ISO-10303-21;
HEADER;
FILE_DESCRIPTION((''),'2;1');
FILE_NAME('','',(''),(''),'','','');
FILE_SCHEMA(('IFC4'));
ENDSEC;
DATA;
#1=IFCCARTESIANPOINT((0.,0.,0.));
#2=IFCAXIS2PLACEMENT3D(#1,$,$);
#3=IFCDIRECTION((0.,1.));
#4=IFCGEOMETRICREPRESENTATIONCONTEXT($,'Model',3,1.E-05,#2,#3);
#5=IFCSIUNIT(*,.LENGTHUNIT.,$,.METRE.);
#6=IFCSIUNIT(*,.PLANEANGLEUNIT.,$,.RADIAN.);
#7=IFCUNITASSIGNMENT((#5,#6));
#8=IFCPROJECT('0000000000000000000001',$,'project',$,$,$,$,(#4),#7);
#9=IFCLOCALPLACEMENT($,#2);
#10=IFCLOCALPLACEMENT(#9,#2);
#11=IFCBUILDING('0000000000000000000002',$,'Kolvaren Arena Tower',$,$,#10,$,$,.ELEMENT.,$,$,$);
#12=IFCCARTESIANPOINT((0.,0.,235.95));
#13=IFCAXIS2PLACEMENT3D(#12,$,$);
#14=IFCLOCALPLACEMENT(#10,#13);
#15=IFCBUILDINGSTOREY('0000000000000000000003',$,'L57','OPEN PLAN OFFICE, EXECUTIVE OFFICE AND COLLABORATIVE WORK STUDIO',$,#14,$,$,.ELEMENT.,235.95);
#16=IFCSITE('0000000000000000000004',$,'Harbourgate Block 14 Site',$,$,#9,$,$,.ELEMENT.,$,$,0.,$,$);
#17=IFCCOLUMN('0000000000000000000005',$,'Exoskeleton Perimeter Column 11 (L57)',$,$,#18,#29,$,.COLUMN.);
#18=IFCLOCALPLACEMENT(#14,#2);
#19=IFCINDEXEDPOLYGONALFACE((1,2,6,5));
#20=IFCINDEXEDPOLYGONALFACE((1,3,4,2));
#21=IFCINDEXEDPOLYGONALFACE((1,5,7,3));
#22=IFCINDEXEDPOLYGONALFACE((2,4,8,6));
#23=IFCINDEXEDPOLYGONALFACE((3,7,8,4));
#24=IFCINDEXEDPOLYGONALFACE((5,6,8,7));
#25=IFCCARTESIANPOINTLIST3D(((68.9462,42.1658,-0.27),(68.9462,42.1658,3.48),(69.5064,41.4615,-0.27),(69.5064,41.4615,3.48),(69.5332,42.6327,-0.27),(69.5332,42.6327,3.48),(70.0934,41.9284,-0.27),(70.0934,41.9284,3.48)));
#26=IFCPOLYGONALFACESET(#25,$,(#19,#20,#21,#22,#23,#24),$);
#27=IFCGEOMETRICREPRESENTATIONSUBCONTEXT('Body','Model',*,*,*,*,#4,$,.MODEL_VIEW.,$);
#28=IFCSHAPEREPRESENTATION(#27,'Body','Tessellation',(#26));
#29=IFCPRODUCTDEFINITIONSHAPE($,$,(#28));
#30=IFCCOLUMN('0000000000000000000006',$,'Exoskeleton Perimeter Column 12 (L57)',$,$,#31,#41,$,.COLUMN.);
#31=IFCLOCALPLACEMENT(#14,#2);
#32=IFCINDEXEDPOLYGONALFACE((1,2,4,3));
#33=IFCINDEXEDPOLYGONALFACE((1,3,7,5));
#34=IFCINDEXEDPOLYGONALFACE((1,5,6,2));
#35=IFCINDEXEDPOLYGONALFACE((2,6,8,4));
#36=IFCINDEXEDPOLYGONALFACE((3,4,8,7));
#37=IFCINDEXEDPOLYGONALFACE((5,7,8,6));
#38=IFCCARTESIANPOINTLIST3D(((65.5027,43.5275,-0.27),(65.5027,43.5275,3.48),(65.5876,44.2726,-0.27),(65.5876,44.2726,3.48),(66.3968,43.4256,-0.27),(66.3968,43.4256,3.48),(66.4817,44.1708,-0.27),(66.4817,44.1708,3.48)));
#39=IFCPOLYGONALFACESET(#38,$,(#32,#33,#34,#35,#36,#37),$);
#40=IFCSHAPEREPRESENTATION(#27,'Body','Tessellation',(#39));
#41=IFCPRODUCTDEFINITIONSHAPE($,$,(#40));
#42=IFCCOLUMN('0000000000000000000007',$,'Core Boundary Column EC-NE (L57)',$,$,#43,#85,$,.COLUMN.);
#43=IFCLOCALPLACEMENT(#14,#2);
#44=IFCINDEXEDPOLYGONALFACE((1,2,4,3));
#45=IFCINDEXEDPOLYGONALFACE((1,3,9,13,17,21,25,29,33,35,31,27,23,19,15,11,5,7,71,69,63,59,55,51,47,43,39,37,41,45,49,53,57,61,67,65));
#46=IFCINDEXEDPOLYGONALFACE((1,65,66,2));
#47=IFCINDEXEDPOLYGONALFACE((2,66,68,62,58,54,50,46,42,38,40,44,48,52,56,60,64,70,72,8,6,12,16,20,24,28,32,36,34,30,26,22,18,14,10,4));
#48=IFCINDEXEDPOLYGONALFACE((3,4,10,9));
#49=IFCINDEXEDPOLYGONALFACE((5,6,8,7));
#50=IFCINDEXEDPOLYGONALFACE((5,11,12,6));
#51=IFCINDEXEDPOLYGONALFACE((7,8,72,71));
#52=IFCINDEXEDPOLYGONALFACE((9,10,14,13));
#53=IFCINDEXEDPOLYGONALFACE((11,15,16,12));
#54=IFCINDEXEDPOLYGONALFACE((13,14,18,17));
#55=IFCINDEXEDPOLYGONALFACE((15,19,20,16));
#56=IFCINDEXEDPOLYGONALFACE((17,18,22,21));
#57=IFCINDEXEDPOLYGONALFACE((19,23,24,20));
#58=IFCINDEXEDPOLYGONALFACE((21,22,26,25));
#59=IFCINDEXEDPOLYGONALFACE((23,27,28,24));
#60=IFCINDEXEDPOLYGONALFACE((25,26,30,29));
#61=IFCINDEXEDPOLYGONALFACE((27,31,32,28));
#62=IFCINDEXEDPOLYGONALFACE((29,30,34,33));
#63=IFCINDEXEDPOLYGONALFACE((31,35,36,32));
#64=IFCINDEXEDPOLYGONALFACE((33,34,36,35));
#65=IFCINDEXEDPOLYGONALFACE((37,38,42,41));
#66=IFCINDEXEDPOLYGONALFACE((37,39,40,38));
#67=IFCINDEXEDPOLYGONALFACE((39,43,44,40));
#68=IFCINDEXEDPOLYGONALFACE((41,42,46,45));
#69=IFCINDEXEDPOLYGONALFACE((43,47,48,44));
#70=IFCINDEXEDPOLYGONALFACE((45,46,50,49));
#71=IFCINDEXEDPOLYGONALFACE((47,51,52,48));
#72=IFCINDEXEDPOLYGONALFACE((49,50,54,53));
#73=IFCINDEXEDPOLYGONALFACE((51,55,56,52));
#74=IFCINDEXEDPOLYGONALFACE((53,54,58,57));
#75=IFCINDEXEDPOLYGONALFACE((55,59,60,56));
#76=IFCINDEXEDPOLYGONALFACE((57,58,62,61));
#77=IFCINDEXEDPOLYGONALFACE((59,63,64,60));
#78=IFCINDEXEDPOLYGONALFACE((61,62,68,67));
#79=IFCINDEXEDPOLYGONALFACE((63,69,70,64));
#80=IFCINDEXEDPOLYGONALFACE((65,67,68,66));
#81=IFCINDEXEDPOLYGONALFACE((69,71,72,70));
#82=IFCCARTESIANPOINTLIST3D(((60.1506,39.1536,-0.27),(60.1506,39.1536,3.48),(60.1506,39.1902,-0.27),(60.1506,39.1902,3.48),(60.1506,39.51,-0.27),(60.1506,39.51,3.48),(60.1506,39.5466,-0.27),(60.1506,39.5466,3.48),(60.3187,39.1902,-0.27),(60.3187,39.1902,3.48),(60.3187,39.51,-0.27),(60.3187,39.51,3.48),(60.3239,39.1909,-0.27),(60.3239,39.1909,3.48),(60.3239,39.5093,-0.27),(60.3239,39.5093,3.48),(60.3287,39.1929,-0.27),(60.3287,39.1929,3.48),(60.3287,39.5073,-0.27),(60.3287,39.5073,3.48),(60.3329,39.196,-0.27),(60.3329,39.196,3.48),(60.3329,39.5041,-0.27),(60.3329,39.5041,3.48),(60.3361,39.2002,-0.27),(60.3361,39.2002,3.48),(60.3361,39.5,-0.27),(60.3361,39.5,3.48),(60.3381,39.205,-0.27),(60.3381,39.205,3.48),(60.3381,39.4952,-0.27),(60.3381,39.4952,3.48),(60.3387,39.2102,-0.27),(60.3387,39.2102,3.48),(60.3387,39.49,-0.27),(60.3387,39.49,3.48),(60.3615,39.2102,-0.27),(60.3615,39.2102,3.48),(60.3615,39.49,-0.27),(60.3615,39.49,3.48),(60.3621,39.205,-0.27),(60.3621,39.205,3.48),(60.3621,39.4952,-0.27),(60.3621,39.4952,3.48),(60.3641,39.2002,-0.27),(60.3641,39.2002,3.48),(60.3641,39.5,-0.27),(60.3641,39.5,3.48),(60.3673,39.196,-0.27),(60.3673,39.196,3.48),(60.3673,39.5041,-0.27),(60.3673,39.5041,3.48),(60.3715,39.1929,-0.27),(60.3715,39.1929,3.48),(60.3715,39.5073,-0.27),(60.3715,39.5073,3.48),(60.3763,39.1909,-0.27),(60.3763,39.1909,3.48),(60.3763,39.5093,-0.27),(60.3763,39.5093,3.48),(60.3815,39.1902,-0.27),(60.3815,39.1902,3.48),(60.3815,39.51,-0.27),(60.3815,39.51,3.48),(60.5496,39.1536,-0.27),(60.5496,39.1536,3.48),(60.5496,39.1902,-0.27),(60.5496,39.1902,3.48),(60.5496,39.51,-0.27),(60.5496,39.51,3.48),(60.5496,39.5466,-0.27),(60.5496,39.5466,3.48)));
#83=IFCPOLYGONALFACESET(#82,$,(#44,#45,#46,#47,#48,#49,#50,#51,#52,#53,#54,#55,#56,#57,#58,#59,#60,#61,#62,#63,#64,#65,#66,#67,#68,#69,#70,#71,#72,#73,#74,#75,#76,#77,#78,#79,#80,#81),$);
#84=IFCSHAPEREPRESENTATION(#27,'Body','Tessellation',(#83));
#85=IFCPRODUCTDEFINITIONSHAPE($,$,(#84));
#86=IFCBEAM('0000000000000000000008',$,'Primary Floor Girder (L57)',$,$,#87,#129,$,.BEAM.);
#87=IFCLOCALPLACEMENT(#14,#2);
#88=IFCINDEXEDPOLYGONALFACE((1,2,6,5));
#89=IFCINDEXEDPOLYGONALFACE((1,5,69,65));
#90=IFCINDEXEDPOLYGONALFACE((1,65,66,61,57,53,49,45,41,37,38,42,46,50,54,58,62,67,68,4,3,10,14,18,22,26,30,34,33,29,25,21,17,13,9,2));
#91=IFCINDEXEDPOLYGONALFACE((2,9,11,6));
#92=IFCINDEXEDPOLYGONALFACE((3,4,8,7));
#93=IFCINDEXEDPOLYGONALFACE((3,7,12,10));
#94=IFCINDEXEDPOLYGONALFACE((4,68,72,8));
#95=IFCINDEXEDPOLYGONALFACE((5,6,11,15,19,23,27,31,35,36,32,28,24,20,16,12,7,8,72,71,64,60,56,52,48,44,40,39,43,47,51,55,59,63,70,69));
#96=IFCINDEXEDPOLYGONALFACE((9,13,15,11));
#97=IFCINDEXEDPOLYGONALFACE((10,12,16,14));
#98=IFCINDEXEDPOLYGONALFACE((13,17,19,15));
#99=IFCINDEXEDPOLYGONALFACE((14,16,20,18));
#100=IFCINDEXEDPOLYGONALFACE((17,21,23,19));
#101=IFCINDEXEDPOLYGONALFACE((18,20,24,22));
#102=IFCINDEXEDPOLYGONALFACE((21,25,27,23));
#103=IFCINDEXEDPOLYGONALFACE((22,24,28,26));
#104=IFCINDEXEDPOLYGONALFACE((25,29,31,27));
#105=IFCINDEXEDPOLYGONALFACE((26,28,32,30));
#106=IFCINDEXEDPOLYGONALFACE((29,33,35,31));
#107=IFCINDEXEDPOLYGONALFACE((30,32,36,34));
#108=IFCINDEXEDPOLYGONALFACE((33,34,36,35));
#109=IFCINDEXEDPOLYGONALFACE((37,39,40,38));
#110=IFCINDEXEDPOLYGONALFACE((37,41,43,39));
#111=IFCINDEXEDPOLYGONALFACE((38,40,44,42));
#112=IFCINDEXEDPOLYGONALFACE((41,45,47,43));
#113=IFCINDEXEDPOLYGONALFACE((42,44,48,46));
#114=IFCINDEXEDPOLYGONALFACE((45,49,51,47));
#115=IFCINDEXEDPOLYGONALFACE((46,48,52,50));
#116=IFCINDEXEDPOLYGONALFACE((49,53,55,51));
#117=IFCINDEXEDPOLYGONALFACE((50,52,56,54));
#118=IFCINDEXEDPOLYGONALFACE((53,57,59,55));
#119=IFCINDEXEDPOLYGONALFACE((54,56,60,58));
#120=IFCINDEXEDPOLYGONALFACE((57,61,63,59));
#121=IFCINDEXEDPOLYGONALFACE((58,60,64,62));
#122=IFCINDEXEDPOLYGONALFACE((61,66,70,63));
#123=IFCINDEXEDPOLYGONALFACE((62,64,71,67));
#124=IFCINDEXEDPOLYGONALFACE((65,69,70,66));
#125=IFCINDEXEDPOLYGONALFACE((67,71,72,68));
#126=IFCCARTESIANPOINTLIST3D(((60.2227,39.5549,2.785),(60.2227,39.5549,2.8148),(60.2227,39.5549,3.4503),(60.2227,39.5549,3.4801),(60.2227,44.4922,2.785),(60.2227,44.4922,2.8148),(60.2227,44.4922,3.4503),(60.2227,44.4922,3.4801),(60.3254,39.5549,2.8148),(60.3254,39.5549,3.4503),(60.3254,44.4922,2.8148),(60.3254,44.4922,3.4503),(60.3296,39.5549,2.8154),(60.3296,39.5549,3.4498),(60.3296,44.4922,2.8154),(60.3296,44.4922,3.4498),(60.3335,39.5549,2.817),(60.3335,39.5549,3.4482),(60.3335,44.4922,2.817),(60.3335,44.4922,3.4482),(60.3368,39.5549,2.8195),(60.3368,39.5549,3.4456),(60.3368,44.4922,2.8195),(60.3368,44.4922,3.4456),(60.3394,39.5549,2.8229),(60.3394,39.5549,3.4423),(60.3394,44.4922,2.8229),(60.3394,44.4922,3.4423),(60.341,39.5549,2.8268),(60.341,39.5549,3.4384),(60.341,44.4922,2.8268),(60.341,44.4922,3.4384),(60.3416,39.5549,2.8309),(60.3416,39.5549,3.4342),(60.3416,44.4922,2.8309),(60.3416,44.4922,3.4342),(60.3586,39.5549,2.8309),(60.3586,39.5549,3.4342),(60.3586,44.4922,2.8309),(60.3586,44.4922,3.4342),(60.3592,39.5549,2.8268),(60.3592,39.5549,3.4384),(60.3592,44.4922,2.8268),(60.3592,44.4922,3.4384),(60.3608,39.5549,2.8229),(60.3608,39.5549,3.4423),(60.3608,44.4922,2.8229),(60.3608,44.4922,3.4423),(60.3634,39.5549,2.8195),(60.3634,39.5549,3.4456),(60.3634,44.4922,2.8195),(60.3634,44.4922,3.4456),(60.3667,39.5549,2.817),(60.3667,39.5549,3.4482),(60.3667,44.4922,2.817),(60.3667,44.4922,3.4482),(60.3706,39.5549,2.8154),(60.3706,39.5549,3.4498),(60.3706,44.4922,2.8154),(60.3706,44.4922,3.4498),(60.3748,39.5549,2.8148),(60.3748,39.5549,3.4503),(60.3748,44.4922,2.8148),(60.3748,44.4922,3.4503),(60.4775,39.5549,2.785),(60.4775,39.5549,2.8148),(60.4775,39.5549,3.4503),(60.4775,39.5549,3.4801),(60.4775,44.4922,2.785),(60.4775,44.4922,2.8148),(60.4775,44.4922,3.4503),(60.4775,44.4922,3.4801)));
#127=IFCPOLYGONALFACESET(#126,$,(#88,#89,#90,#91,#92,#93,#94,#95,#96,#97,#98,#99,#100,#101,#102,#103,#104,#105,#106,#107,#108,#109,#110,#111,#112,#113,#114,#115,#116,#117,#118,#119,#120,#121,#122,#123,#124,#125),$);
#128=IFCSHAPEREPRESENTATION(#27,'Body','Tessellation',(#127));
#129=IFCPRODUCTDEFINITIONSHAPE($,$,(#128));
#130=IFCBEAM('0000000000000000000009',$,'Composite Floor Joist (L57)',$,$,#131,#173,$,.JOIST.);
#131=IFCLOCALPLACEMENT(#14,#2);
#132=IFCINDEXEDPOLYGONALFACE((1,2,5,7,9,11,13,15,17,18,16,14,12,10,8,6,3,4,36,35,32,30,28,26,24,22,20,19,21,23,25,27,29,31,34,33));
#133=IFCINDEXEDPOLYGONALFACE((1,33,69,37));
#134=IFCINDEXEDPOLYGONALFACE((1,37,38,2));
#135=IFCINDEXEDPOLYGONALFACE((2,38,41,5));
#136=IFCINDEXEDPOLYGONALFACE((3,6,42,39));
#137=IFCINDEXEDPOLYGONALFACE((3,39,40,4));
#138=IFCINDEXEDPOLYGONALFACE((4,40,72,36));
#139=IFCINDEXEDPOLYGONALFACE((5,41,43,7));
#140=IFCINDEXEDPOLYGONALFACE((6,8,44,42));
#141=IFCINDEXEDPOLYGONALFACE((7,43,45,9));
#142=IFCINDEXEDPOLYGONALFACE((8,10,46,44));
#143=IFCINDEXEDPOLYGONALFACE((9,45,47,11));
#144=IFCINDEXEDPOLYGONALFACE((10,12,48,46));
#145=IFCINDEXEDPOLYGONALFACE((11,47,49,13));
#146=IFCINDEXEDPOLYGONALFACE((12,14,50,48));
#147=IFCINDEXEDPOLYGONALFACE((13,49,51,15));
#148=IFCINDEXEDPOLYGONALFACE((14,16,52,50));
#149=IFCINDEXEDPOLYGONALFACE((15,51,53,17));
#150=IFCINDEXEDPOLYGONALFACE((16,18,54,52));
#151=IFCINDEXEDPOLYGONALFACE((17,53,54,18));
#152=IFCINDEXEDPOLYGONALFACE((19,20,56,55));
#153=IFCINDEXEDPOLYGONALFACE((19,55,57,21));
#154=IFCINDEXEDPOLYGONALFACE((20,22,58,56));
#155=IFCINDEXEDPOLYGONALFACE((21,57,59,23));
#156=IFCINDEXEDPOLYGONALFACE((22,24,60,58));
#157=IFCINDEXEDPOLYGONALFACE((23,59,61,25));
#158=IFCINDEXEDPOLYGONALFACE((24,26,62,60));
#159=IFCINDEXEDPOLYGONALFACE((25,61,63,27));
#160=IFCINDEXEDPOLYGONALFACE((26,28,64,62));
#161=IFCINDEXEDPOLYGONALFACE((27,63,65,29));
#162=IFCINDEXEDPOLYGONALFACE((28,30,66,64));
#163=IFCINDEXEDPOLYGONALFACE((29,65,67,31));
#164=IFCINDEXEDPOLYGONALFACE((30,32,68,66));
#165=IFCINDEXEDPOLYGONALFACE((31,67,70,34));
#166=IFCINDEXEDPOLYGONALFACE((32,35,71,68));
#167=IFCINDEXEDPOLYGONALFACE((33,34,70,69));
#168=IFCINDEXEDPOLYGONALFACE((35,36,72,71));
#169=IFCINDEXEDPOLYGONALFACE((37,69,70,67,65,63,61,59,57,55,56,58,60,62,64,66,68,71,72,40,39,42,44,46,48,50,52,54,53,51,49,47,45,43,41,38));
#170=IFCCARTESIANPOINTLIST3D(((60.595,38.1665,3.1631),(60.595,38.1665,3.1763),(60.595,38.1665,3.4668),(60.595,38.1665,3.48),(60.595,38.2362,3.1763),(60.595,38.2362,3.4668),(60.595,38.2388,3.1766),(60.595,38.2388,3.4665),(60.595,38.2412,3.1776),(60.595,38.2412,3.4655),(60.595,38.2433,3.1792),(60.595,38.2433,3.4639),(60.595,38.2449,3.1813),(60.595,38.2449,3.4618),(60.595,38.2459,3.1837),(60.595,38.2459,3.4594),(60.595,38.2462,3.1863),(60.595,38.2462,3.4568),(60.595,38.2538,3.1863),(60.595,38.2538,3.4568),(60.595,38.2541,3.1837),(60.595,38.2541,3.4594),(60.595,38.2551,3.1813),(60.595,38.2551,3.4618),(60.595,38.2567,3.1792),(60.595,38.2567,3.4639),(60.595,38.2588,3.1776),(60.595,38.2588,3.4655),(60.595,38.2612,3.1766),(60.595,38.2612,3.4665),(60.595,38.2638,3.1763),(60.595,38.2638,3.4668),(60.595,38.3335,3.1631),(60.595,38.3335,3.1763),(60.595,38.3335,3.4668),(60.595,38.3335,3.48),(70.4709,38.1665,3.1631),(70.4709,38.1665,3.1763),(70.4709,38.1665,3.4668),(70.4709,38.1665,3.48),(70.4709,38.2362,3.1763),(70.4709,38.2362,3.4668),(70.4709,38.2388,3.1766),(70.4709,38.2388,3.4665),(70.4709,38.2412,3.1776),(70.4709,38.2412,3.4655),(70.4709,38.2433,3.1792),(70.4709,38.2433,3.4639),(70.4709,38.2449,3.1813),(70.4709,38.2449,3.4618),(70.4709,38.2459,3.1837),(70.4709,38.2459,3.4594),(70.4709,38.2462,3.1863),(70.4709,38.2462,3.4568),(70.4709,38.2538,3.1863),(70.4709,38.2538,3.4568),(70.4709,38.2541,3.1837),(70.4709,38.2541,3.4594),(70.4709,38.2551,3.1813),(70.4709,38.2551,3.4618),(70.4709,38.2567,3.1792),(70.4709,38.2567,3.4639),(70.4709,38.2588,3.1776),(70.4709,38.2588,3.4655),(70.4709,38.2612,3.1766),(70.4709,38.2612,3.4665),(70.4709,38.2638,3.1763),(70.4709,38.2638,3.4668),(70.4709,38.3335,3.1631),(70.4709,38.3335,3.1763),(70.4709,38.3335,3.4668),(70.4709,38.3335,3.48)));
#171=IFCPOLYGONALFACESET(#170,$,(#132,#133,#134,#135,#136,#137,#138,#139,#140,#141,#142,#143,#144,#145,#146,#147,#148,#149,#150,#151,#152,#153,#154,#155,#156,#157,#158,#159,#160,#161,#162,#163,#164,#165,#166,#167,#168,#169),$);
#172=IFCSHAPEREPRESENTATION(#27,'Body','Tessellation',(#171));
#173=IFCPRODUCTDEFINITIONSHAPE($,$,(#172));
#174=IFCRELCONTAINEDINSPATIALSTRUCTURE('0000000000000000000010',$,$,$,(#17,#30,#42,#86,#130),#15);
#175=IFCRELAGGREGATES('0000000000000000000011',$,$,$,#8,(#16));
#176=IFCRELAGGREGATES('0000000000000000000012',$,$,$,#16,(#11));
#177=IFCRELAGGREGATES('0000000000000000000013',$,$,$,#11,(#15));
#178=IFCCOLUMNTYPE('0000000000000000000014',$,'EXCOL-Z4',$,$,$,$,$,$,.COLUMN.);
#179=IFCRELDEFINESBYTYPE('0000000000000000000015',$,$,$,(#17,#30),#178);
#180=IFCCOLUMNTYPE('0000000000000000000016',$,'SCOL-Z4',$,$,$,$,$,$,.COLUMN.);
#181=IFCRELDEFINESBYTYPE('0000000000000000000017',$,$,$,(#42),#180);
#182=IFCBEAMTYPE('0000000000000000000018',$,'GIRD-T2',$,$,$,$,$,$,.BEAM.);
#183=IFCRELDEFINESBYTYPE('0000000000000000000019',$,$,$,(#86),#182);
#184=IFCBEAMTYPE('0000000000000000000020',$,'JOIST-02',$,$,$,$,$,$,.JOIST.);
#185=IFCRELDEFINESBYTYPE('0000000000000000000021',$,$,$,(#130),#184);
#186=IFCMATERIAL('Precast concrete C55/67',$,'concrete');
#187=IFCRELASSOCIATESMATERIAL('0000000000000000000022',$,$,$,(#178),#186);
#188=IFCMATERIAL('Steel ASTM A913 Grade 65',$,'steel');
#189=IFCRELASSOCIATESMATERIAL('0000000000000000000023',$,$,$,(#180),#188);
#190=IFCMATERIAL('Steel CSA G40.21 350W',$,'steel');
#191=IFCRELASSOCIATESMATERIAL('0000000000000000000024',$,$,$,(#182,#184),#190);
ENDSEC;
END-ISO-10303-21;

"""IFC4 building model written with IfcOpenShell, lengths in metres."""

from ifc_helpers import new_model, si_unit, direction, frame, origin, origin_2d, place, context, subcontext, project, spatial, rectangle, i_section, extrude, material, material_profile, profile_set, type_object, element, save


model = new_model("IFC4")

# Units and contexts
model_context = context("Model", 3, precision=1e-05, world=origin(), true_north=direction((0.0, 1.0)))
body_context = subcontext(model_context, "Body", "Model", "MODEL_VIEW")
ifc_project = project(units=[si_unit("LENGTHUNIT", "METRE"), si_unit("PLANEANGLEUNIT", "RADIAN")], contexts=[model_context])

# Site, building, storey
site_placement = place(None, origin())
site = spatial("IfcSite", under=ifc_project, at=site_placement, Name="Harbourgate Block 14 Site", CompositionType="ELEMENT", RefElevation=0.0)
building_placement = place(site_placement, origin())
building = spatial("IfcBuilding", under=site, at=building_placement, Name="Kolvaren Arena Tower", CompositionType="ELEMENT")
storey_placement = place(building_placement, frame((0.0, 0.0, 235.95)))
storey = spatial("IfcBuildingStorey", under=building, at=storey_placement, Name="L57", Description="OPEN PLAN OFFICE, EXECUTIVE OFFICE AND COLLABORATIVE WORK STUDIO", CompositionType="ELEMENT", Elevation=235.95)

# Columns
ifc_material_1 = material(Name="Precast concrete C55/67", Category="concrete")
ifc_material_profile_1 = material_profile(ifc_material_1, rectangle(XDim=0.8999, YDim=0.75, at=origin_2d()), Name="RC-900x750")
ifc_profile_set_1 = profile_set([ifc_material_profile_1], Name="Precast concrete C55/67")
column_type_1 = type_object("IfcColumnType", Name="EXCOL-Z4", PredefinedType="COLUMN", material=ifc_profile_set_1)
for number, where, z_axis, x_axis, name in (
    (1, (69.5198, 42.0471, -0.27), (0.0, 0.0, 1.0), (-0.622515, 0.782608, 0.0), "Exoskeleton Perimeter Column 11 (L57)"),
    (2, (65.9922, 43.8491, -0.27), (0.0, 0.0, 1.0), (0.993572, -0.113203, 0.0), "Exoskeleton Perimeter Column 12 (L57)"),
):
    element("IfcColumn", number, at=place(storey_placement, frame(where, z_axis=z_axis, x_axis=x_axis)), inside=storey, type_object=column_type_1, Name=name, PredefinedType="COLUMN", context=body_context, shape_type="SweptSolid", body=[
        extrude(rectangle(XDim=0.8999, YDim=0.75, at=origin_2d()), origin(), (0.0, 0.0, 1.0), 3.75),
    ])
ifc_material_2 = material(Name="Steel ASTM A913 Grade 65", Category="steel")
ifc_material_profile_2 = material_profile(ifc_material_2, i_section(OverallWidth=0.3989, OverallDepth=0.3931, WebThickness=0.0227, FlangeThickness=0.0366, FilletRadius=0.02, at=origin_2d()), Name="W360x287")
ifc_profile_set_2 = profile_set([ifc_material_profile_2], Name="Steel ASTM A913 Grade 65")
column_type_2 = type_object("IfcColumnType", Name="SCOL-Z4", PredefinedType="COLUMN", material=ifc_profile_set_2)
column_placement = place(storey_placement, frame((60.3501, 39.3501, -0.27), z_axis=(0.0, 0.0, 1.0), x_axis=(1.0, 0.0, 0.0)))
element("IfcColumn", 3, at=column_placement, inside=storey, type_object=column_type_2, Name="Core Boundary Column EC-NE (L57)", PredefinedType="COLUMN", context=body_context, shape_type="SweptSolid", body=[
    extrude(i_section(OverallWidth=0.3989, OverallDepth=0.3931, WebThickness=0.0227, FlangeThickness=0.0366, FilletRadius=0.02, at=origin_2d()), origin(), (0.0, 0.0, 1.0), 3.75),
])

# Beams
ifc_material_3 = material(Name="Steel CSA G40.21 350W", Category="steel")
ifc_material_profile_3 = material_profile(ifc_material_3, i_section(OverallWidth=0.2549, OverallDepth=0.6951, WebThickness=0.0171, FlangeThickness=0.0298, FilletRadius=0.0161, at=origin_2d()), Name="W690x217")
ifc_profile_set_3 = profile_set([ifc_material_profile_3], Name="Steel CSA G40.21 350W")
beam_type_1 = type_object("IfcBeamType", Name="GIRD-T2", PredefinedType="BEAM", material=ifc_profile_set_3)
beam_1_placement = place(storey_placement, frame((60.3501, 39.5549, 3.1326), z_axis=(0.0, 1.0, 0.0), x_axis=(-1.0, 0.0, 0.0)))
element("IfcBeam", 4, at=beam_1_placement, inside=storey, type_object=beam_type_1, Name="Primary Floor Girder (L57)", PredefinedType="BEAM", context=body_context, shape_type="SweptSolid", body=[
    extrude(i_section(OverallWidth=0.2549, OverallDepth=0.6951, WebThickness=0.0171, FlangeThickness=0.0298, FilletRadius=0.0161, at=origin_2d()), origin(), (0.0, 0.0, 1.0), 4.9373),
])
ifc_material_profile_4 = material_profile(ifc_material_3, i_section(OverallWidth=0.167, OverallDepth=0.3169, WebThickness=0.0076, FlangeThickness=0.0132, FilletRadius=0.01, at=origin_2d()), Name="W310x52")
ifc_profile_set_4 = profile_set([ifc_material_profile_4], Name="Steel CSA G40.21 350W")
beam_type_2 = type_object("IfcBeamType", Name="JOIST-02", PredefinedType="JOIST", material=ifc_profile_set_4)
beam_2_placement = place(storey_placement, frame((60.595, 38.25, 3.3215), z_axis=(1.0, 0.0, 0.0), x_axis=(0.0, 1.0, 0.0)))
element("IfcBeam", 5, at=beam_2_placement, inside=storey, type_object=beam_type_2, Name="Composite Floor Joist (L57)", PredefinedType="JOIST", context=body_context, shape_type="SweptSolid", body=[
    extrude(i_section(OverallWidth=0.167, OverallDepth=0.3169, WebThickness=0.0076, FlangeThickness=0.0132, FilletRadius=0.01, at=origin_2d()), origin(), (0.0, 0.0, 1.0), 9.876),
])

save(model, "model.ifc")
